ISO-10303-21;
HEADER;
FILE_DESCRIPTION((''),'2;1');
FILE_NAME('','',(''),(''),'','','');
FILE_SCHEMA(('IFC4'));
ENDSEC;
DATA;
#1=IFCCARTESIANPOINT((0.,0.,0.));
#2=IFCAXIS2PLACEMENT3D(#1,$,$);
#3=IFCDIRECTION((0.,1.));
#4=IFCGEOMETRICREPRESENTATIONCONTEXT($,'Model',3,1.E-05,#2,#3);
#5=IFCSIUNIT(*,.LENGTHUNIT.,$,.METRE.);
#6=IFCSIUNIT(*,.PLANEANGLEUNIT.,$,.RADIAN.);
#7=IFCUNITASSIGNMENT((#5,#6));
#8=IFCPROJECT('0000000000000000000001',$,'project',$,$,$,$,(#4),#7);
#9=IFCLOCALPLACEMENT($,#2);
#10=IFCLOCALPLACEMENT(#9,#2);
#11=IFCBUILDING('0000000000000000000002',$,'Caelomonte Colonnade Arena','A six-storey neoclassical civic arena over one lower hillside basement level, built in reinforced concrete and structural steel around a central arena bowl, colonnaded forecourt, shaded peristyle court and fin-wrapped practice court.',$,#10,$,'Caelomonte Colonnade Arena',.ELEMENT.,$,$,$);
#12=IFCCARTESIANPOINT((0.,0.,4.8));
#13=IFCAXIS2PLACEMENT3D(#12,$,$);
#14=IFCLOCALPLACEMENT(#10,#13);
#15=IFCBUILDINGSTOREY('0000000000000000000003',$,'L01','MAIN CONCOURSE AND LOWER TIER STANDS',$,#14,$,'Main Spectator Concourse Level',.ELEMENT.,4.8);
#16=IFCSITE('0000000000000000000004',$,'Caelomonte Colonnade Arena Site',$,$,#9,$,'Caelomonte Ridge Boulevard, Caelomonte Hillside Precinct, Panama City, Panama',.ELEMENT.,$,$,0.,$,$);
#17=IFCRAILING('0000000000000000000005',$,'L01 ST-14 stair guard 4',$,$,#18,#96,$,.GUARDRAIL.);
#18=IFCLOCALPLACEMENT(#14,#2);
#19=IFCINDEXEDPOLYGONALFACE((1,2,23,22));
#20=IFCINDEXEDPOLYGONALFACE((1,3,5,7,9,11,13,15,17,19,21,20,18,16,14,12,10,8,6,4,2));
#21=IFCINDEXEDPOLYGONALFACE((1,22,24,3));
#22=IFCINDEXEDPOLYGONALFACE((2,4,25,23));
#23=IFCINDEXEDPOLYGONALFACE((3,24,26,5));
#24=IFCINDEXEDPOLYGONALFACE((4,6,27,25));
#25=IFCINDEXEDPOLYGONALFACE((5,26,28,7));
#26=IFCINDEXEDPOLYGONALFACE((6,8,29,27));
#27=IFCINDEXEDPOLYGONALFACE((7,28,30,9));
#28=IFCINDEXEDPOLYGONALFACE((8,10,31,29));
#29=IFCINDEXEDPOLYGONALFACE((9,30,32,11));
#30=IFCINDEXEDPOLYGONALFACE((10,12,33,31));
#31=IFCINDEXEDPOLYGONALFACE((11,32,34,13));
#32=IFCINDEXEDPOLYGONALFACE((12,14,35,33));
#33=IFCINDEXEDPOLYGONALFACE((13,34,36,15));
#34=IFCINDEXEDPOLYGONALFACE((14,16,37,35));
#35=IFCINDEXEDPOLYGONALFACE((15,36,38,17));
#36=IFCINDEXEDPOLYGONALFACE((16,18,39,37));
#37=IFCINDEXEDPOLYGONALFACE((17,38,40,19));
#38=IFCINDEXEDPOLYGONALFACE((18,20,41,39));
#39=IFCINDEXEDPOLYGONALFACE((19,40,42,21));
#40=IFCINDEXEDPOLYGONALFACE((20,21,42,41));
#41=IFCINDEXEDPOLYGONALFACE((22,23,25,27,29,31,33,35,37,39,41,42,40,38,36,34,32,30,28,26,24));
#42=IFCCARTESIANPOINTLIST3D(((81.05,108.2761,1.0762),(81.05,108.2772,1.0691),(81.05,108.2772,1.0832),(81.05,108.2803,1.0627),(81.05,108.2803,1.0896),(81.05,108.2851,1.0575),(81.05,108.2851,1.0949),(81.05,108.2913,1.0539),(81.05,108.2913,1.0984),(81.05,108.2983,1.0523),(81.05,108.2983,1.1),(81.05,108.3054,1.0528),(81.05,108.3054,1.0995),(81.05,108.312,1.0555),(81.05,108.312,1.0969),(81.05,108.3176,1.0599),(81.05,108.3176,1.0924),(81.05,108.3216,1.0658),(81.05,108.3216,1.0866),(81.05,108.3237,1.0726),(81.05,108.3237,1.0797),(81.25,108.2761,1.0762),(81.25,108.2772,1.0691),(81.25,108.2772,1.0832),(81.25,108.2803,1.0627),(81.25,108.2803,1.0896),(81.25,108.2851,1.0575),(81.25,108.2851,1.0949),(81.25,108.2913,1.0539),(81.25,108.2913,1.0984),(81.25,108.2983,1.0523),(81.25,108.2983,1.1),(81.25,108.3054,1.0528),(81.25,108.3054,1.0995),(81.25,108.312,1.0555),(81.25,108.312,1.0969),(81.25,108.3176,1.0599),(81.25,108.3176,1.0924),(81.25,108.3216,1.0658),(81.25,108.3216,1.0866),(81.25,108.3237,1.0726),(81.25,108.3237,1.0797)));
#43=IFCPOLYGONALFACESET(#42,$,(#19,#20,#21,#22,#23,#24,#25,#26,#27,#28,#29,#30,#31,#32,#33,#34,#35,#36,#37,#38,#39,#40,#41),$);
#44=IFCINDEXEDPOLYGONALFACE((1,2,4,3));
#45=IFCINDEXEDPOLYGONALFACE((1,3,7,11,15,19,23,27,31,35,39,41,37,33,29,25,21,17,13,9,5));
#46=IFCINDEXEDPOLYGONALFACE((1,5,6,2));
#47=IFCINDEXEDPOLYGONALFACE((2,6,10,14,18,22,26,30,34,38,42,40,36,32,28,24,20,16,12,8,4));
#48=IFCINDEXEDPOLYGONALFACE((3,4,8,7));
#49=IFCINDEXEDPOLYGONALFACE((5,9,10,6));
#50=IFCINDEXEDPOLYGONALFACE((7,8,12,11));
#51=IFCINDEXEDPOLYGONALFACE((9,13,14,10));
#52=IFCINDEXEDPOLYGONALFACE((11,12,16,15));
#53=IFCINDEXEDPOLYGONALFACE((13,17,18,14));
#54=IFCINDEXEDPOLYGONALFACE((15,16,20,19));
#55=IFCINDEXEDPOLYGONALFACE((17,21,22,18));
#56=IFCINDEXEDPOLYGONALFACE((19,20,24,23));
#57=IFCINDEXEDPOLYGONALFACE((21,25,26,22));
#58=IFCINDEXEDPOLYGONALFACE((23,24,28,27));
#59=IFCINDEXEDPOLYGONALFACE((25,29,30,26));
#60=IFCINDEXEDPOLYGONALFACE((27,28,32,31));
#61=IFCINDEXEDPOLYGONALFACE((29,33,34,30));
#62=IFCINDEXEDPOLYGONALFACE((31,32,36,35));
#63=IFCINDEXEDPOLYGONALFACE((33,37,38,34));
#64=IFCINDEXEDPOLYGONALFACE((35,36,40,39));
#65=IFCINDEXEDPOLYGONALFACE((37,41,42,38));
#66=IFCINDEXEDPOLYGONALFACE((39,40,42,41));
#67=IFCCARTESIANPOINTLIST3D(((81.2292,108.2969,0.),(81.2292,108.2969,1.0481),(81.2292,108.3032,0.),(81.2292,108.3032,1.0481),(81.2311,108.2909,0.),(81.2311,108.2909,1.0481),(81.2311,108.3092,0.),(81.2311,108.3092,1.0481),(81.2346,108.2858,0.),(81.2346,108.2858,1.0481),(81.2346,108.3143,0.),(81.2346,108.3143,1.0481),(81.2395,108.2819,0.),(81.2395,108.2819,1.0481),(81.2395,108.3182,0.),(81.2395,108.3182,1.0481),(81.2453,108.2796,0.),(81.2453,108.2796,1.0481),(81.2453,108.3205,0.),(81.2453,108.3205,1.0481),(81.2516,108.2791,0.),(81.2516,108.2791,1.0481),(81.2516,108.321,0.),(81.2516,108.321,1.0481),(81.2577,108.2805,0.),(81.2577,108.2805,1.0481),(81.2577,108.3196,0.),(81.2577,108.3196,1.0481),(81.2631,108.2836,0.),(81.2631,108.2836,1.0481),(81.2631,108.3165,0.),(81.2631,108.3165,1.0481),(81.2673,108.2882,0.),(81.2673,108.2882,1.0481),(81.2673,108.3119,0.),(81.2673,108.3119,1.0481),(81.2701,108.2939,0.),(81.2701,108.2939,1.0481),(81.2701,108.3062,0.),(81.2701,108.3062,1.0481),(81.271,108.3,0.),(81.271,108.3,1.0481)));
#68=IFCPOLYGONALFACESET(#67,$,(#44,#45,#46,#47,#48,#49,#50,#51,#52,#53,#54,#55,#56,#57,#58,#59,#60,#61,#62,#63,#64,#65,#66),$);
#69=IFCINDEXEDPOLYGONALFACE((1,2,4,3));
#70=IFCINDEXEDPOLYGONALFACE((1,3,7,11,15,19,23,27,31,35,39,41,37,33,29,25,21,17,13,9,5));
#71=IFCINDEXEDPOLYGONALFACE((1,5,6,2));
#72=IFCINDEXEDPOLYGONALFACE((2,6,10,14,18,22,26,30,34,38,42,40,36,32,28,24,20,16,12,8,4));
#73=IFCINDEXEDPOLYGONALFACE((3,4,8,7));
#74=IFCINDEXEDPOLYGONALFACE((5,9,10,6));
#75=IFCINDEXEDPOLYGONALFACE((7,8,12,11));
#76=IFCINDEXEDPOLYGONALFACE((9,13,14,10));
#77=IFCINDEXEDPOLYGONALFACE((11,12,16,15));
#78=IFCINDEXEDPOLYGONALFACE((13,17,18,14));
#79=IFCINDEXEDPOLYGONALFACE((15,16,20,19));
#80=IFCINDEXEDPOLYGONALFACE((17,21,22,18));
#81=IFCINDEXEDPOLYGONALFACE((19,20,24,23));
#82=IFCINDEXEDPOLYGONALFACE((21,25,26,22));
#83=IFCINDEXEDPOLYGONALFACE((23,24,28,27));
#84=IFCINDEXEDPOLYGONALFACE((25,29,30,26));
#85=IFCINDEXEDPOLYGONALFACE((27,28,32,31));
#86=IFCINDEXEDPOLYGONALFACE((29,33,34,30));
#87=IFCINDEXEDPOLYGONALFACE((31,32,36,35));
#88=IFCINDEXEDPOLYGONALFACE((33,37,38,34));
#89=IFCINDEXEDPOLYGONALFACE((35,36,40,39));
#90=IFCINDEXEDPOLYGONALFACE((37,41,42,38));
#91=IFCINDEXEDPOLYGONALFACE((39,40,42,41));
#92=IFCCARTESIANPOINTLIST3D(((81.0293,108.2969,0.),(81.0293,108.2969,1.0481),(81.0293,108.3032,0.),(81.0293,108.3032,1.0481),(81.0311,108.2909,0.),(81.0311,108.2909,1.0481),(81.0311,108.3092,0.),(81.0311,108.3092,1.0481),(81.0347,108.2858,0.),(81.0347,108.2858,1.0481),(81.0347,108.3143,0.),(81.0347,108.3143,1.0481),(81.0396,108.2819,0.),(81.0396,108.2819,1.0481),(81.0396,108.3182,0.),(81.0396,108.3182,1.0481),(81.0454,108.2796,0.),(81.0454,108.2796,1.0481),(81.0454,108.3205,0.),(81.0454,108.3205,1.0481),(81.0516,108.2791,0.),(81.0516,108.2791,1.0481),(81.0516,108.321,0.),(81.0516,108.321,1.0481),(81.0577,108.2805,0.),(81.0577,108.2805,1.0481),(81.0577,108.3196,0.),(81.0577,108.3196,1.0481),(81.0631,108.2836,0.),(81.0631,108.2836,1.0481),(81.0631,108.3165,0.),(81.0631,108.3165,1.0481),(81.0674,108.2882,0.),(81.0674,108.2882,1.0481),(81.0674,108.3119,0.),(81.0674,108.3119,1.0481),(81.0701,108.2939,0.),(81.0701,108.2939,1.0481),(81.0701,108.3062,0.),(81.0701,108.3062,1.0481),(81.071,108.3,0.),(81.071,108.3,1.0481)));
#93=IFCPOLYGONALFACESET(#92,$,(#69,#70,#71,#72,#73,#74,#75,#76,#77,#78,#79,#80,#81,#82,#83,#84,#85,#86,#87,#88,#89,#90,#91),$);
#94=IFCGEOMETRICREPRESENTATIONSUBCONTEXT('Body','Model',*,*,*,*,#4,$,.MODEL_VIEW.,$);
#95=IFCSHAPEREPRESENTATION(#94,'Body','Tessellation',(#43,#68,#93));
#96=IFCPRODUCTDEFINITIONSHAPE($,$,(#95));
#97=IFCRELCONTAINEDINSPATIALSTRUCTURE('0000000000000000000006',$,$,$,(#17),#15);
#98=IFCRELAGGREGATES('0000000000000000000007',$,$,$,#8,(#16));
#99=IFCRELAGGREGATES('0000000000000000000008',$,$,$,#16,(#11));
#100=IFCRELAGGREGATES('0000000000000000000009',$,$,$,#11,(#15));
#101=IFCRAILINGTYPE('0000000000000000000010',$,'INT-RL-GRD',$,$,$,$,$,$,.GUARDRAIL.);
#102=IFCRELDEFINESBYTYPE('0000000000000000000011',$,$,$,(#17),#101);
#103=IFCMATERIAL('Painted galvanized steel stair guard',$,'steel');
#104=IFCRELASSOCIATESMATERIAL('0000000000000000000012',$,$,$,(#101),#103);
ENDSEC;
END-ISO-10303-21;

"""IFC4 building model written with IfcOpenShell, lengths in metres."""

from ifc_helpers import new_model, si_unit, direction, frame, origin, origin_2d, place, context, subcontext, project, spatial, circle, extrude, material, type_object, element, save


model = new_model("IFC4")

# Units and contexts
model_context = context("Model", 3, precision=1e-05, world=origin(), true_north=direction((0.0, 1.0)))
body_context = subcontext(model_context, "Body", "Model", "MODEL_VIEW")
ifc_project = project(units=[si_unit("LENGTHUNIT", "METRE"), si_unit("PLANEANGLEUNIT", "RADIAN")], contexts=[model_context])

# Site, building, storey
site_placement = place(None, origin())
site = spatial("IfcSite", under=ifc_project, at=site_placement, Name="Caelomonte Colonnade Arena Site", LongName="Caelomonte Ridge Boulevard, Caelomonte Hillside Precinct, Panama City, Panama", CompositionType="ELEMENT", RefElevation=0.0)
building_placement = place(site_placement, origin())
building = spatial("IfcBuilding", under=site, at=building_placement, Name="Caelomonte Colonnade Arena", Description="A six-storey neoclassical civic arena over one lower hillside basement level, built in reinforced concrete and structural steel around a central arena bowl, colonnaded forecourt, shaded peristyle court and fin-wrapped practice court.", LongName="Caelomonte Colonnade Arena", CompositionType="ELEMENT")
storey_placement = place(building_placement, frame((0.0, 0.0, 4.8)))
storey = spatial("IfcBuildingStorey", under=building, at=storey_placement, Name="L01", Description="MAIN CONCOURSE AND LOWER TIER STANDS", LongName="Main Spectator Concourse Level", CompositionType="ELEMENT", Elevation=4.8)

# Railing
ifc_material_1 = material(Name="Painted galvanized steel stair guard", Category="steel")
railing_type_1 = type_object("IfcRailingType", Name="INT-RL-GRD", PredefinedType="GUARDRAIL", material=ifc_material_1)
railing_1_placement = place(storey_placement, frame((81.25, 108.3, 0.0)))
element("IfcRailing", 1, at=railing_1_placement, inside=storey, type_object=railing_type_1, Name="L01 ST-14 stair guard 4", PredefinedType="GUARDRAIL", context=body_context, shape_type="SweptSolid", body=[
    extrude(circle(Radius=0.0239, at=origin_2d()), frame((0.0, 0.0, 1.0762), z_axis=(-1.0, 0.0, 0.0), x_axis=(0.0, -1.0, 0.0)), (0.0, 0.0, 1.0), 0.2),
    extrude(circle(Radius=0.021, at=origin_2d()), origin(), (0.0, 0.0, 1.0), 1.0481),
    extrude(circle(Radius=0.021, at=origin_2d()), frame((-0.2, 0.0, 0.0)), (0.0, 0.0, 1.0), 1.0481),
])

save(model, "model.ifc")
